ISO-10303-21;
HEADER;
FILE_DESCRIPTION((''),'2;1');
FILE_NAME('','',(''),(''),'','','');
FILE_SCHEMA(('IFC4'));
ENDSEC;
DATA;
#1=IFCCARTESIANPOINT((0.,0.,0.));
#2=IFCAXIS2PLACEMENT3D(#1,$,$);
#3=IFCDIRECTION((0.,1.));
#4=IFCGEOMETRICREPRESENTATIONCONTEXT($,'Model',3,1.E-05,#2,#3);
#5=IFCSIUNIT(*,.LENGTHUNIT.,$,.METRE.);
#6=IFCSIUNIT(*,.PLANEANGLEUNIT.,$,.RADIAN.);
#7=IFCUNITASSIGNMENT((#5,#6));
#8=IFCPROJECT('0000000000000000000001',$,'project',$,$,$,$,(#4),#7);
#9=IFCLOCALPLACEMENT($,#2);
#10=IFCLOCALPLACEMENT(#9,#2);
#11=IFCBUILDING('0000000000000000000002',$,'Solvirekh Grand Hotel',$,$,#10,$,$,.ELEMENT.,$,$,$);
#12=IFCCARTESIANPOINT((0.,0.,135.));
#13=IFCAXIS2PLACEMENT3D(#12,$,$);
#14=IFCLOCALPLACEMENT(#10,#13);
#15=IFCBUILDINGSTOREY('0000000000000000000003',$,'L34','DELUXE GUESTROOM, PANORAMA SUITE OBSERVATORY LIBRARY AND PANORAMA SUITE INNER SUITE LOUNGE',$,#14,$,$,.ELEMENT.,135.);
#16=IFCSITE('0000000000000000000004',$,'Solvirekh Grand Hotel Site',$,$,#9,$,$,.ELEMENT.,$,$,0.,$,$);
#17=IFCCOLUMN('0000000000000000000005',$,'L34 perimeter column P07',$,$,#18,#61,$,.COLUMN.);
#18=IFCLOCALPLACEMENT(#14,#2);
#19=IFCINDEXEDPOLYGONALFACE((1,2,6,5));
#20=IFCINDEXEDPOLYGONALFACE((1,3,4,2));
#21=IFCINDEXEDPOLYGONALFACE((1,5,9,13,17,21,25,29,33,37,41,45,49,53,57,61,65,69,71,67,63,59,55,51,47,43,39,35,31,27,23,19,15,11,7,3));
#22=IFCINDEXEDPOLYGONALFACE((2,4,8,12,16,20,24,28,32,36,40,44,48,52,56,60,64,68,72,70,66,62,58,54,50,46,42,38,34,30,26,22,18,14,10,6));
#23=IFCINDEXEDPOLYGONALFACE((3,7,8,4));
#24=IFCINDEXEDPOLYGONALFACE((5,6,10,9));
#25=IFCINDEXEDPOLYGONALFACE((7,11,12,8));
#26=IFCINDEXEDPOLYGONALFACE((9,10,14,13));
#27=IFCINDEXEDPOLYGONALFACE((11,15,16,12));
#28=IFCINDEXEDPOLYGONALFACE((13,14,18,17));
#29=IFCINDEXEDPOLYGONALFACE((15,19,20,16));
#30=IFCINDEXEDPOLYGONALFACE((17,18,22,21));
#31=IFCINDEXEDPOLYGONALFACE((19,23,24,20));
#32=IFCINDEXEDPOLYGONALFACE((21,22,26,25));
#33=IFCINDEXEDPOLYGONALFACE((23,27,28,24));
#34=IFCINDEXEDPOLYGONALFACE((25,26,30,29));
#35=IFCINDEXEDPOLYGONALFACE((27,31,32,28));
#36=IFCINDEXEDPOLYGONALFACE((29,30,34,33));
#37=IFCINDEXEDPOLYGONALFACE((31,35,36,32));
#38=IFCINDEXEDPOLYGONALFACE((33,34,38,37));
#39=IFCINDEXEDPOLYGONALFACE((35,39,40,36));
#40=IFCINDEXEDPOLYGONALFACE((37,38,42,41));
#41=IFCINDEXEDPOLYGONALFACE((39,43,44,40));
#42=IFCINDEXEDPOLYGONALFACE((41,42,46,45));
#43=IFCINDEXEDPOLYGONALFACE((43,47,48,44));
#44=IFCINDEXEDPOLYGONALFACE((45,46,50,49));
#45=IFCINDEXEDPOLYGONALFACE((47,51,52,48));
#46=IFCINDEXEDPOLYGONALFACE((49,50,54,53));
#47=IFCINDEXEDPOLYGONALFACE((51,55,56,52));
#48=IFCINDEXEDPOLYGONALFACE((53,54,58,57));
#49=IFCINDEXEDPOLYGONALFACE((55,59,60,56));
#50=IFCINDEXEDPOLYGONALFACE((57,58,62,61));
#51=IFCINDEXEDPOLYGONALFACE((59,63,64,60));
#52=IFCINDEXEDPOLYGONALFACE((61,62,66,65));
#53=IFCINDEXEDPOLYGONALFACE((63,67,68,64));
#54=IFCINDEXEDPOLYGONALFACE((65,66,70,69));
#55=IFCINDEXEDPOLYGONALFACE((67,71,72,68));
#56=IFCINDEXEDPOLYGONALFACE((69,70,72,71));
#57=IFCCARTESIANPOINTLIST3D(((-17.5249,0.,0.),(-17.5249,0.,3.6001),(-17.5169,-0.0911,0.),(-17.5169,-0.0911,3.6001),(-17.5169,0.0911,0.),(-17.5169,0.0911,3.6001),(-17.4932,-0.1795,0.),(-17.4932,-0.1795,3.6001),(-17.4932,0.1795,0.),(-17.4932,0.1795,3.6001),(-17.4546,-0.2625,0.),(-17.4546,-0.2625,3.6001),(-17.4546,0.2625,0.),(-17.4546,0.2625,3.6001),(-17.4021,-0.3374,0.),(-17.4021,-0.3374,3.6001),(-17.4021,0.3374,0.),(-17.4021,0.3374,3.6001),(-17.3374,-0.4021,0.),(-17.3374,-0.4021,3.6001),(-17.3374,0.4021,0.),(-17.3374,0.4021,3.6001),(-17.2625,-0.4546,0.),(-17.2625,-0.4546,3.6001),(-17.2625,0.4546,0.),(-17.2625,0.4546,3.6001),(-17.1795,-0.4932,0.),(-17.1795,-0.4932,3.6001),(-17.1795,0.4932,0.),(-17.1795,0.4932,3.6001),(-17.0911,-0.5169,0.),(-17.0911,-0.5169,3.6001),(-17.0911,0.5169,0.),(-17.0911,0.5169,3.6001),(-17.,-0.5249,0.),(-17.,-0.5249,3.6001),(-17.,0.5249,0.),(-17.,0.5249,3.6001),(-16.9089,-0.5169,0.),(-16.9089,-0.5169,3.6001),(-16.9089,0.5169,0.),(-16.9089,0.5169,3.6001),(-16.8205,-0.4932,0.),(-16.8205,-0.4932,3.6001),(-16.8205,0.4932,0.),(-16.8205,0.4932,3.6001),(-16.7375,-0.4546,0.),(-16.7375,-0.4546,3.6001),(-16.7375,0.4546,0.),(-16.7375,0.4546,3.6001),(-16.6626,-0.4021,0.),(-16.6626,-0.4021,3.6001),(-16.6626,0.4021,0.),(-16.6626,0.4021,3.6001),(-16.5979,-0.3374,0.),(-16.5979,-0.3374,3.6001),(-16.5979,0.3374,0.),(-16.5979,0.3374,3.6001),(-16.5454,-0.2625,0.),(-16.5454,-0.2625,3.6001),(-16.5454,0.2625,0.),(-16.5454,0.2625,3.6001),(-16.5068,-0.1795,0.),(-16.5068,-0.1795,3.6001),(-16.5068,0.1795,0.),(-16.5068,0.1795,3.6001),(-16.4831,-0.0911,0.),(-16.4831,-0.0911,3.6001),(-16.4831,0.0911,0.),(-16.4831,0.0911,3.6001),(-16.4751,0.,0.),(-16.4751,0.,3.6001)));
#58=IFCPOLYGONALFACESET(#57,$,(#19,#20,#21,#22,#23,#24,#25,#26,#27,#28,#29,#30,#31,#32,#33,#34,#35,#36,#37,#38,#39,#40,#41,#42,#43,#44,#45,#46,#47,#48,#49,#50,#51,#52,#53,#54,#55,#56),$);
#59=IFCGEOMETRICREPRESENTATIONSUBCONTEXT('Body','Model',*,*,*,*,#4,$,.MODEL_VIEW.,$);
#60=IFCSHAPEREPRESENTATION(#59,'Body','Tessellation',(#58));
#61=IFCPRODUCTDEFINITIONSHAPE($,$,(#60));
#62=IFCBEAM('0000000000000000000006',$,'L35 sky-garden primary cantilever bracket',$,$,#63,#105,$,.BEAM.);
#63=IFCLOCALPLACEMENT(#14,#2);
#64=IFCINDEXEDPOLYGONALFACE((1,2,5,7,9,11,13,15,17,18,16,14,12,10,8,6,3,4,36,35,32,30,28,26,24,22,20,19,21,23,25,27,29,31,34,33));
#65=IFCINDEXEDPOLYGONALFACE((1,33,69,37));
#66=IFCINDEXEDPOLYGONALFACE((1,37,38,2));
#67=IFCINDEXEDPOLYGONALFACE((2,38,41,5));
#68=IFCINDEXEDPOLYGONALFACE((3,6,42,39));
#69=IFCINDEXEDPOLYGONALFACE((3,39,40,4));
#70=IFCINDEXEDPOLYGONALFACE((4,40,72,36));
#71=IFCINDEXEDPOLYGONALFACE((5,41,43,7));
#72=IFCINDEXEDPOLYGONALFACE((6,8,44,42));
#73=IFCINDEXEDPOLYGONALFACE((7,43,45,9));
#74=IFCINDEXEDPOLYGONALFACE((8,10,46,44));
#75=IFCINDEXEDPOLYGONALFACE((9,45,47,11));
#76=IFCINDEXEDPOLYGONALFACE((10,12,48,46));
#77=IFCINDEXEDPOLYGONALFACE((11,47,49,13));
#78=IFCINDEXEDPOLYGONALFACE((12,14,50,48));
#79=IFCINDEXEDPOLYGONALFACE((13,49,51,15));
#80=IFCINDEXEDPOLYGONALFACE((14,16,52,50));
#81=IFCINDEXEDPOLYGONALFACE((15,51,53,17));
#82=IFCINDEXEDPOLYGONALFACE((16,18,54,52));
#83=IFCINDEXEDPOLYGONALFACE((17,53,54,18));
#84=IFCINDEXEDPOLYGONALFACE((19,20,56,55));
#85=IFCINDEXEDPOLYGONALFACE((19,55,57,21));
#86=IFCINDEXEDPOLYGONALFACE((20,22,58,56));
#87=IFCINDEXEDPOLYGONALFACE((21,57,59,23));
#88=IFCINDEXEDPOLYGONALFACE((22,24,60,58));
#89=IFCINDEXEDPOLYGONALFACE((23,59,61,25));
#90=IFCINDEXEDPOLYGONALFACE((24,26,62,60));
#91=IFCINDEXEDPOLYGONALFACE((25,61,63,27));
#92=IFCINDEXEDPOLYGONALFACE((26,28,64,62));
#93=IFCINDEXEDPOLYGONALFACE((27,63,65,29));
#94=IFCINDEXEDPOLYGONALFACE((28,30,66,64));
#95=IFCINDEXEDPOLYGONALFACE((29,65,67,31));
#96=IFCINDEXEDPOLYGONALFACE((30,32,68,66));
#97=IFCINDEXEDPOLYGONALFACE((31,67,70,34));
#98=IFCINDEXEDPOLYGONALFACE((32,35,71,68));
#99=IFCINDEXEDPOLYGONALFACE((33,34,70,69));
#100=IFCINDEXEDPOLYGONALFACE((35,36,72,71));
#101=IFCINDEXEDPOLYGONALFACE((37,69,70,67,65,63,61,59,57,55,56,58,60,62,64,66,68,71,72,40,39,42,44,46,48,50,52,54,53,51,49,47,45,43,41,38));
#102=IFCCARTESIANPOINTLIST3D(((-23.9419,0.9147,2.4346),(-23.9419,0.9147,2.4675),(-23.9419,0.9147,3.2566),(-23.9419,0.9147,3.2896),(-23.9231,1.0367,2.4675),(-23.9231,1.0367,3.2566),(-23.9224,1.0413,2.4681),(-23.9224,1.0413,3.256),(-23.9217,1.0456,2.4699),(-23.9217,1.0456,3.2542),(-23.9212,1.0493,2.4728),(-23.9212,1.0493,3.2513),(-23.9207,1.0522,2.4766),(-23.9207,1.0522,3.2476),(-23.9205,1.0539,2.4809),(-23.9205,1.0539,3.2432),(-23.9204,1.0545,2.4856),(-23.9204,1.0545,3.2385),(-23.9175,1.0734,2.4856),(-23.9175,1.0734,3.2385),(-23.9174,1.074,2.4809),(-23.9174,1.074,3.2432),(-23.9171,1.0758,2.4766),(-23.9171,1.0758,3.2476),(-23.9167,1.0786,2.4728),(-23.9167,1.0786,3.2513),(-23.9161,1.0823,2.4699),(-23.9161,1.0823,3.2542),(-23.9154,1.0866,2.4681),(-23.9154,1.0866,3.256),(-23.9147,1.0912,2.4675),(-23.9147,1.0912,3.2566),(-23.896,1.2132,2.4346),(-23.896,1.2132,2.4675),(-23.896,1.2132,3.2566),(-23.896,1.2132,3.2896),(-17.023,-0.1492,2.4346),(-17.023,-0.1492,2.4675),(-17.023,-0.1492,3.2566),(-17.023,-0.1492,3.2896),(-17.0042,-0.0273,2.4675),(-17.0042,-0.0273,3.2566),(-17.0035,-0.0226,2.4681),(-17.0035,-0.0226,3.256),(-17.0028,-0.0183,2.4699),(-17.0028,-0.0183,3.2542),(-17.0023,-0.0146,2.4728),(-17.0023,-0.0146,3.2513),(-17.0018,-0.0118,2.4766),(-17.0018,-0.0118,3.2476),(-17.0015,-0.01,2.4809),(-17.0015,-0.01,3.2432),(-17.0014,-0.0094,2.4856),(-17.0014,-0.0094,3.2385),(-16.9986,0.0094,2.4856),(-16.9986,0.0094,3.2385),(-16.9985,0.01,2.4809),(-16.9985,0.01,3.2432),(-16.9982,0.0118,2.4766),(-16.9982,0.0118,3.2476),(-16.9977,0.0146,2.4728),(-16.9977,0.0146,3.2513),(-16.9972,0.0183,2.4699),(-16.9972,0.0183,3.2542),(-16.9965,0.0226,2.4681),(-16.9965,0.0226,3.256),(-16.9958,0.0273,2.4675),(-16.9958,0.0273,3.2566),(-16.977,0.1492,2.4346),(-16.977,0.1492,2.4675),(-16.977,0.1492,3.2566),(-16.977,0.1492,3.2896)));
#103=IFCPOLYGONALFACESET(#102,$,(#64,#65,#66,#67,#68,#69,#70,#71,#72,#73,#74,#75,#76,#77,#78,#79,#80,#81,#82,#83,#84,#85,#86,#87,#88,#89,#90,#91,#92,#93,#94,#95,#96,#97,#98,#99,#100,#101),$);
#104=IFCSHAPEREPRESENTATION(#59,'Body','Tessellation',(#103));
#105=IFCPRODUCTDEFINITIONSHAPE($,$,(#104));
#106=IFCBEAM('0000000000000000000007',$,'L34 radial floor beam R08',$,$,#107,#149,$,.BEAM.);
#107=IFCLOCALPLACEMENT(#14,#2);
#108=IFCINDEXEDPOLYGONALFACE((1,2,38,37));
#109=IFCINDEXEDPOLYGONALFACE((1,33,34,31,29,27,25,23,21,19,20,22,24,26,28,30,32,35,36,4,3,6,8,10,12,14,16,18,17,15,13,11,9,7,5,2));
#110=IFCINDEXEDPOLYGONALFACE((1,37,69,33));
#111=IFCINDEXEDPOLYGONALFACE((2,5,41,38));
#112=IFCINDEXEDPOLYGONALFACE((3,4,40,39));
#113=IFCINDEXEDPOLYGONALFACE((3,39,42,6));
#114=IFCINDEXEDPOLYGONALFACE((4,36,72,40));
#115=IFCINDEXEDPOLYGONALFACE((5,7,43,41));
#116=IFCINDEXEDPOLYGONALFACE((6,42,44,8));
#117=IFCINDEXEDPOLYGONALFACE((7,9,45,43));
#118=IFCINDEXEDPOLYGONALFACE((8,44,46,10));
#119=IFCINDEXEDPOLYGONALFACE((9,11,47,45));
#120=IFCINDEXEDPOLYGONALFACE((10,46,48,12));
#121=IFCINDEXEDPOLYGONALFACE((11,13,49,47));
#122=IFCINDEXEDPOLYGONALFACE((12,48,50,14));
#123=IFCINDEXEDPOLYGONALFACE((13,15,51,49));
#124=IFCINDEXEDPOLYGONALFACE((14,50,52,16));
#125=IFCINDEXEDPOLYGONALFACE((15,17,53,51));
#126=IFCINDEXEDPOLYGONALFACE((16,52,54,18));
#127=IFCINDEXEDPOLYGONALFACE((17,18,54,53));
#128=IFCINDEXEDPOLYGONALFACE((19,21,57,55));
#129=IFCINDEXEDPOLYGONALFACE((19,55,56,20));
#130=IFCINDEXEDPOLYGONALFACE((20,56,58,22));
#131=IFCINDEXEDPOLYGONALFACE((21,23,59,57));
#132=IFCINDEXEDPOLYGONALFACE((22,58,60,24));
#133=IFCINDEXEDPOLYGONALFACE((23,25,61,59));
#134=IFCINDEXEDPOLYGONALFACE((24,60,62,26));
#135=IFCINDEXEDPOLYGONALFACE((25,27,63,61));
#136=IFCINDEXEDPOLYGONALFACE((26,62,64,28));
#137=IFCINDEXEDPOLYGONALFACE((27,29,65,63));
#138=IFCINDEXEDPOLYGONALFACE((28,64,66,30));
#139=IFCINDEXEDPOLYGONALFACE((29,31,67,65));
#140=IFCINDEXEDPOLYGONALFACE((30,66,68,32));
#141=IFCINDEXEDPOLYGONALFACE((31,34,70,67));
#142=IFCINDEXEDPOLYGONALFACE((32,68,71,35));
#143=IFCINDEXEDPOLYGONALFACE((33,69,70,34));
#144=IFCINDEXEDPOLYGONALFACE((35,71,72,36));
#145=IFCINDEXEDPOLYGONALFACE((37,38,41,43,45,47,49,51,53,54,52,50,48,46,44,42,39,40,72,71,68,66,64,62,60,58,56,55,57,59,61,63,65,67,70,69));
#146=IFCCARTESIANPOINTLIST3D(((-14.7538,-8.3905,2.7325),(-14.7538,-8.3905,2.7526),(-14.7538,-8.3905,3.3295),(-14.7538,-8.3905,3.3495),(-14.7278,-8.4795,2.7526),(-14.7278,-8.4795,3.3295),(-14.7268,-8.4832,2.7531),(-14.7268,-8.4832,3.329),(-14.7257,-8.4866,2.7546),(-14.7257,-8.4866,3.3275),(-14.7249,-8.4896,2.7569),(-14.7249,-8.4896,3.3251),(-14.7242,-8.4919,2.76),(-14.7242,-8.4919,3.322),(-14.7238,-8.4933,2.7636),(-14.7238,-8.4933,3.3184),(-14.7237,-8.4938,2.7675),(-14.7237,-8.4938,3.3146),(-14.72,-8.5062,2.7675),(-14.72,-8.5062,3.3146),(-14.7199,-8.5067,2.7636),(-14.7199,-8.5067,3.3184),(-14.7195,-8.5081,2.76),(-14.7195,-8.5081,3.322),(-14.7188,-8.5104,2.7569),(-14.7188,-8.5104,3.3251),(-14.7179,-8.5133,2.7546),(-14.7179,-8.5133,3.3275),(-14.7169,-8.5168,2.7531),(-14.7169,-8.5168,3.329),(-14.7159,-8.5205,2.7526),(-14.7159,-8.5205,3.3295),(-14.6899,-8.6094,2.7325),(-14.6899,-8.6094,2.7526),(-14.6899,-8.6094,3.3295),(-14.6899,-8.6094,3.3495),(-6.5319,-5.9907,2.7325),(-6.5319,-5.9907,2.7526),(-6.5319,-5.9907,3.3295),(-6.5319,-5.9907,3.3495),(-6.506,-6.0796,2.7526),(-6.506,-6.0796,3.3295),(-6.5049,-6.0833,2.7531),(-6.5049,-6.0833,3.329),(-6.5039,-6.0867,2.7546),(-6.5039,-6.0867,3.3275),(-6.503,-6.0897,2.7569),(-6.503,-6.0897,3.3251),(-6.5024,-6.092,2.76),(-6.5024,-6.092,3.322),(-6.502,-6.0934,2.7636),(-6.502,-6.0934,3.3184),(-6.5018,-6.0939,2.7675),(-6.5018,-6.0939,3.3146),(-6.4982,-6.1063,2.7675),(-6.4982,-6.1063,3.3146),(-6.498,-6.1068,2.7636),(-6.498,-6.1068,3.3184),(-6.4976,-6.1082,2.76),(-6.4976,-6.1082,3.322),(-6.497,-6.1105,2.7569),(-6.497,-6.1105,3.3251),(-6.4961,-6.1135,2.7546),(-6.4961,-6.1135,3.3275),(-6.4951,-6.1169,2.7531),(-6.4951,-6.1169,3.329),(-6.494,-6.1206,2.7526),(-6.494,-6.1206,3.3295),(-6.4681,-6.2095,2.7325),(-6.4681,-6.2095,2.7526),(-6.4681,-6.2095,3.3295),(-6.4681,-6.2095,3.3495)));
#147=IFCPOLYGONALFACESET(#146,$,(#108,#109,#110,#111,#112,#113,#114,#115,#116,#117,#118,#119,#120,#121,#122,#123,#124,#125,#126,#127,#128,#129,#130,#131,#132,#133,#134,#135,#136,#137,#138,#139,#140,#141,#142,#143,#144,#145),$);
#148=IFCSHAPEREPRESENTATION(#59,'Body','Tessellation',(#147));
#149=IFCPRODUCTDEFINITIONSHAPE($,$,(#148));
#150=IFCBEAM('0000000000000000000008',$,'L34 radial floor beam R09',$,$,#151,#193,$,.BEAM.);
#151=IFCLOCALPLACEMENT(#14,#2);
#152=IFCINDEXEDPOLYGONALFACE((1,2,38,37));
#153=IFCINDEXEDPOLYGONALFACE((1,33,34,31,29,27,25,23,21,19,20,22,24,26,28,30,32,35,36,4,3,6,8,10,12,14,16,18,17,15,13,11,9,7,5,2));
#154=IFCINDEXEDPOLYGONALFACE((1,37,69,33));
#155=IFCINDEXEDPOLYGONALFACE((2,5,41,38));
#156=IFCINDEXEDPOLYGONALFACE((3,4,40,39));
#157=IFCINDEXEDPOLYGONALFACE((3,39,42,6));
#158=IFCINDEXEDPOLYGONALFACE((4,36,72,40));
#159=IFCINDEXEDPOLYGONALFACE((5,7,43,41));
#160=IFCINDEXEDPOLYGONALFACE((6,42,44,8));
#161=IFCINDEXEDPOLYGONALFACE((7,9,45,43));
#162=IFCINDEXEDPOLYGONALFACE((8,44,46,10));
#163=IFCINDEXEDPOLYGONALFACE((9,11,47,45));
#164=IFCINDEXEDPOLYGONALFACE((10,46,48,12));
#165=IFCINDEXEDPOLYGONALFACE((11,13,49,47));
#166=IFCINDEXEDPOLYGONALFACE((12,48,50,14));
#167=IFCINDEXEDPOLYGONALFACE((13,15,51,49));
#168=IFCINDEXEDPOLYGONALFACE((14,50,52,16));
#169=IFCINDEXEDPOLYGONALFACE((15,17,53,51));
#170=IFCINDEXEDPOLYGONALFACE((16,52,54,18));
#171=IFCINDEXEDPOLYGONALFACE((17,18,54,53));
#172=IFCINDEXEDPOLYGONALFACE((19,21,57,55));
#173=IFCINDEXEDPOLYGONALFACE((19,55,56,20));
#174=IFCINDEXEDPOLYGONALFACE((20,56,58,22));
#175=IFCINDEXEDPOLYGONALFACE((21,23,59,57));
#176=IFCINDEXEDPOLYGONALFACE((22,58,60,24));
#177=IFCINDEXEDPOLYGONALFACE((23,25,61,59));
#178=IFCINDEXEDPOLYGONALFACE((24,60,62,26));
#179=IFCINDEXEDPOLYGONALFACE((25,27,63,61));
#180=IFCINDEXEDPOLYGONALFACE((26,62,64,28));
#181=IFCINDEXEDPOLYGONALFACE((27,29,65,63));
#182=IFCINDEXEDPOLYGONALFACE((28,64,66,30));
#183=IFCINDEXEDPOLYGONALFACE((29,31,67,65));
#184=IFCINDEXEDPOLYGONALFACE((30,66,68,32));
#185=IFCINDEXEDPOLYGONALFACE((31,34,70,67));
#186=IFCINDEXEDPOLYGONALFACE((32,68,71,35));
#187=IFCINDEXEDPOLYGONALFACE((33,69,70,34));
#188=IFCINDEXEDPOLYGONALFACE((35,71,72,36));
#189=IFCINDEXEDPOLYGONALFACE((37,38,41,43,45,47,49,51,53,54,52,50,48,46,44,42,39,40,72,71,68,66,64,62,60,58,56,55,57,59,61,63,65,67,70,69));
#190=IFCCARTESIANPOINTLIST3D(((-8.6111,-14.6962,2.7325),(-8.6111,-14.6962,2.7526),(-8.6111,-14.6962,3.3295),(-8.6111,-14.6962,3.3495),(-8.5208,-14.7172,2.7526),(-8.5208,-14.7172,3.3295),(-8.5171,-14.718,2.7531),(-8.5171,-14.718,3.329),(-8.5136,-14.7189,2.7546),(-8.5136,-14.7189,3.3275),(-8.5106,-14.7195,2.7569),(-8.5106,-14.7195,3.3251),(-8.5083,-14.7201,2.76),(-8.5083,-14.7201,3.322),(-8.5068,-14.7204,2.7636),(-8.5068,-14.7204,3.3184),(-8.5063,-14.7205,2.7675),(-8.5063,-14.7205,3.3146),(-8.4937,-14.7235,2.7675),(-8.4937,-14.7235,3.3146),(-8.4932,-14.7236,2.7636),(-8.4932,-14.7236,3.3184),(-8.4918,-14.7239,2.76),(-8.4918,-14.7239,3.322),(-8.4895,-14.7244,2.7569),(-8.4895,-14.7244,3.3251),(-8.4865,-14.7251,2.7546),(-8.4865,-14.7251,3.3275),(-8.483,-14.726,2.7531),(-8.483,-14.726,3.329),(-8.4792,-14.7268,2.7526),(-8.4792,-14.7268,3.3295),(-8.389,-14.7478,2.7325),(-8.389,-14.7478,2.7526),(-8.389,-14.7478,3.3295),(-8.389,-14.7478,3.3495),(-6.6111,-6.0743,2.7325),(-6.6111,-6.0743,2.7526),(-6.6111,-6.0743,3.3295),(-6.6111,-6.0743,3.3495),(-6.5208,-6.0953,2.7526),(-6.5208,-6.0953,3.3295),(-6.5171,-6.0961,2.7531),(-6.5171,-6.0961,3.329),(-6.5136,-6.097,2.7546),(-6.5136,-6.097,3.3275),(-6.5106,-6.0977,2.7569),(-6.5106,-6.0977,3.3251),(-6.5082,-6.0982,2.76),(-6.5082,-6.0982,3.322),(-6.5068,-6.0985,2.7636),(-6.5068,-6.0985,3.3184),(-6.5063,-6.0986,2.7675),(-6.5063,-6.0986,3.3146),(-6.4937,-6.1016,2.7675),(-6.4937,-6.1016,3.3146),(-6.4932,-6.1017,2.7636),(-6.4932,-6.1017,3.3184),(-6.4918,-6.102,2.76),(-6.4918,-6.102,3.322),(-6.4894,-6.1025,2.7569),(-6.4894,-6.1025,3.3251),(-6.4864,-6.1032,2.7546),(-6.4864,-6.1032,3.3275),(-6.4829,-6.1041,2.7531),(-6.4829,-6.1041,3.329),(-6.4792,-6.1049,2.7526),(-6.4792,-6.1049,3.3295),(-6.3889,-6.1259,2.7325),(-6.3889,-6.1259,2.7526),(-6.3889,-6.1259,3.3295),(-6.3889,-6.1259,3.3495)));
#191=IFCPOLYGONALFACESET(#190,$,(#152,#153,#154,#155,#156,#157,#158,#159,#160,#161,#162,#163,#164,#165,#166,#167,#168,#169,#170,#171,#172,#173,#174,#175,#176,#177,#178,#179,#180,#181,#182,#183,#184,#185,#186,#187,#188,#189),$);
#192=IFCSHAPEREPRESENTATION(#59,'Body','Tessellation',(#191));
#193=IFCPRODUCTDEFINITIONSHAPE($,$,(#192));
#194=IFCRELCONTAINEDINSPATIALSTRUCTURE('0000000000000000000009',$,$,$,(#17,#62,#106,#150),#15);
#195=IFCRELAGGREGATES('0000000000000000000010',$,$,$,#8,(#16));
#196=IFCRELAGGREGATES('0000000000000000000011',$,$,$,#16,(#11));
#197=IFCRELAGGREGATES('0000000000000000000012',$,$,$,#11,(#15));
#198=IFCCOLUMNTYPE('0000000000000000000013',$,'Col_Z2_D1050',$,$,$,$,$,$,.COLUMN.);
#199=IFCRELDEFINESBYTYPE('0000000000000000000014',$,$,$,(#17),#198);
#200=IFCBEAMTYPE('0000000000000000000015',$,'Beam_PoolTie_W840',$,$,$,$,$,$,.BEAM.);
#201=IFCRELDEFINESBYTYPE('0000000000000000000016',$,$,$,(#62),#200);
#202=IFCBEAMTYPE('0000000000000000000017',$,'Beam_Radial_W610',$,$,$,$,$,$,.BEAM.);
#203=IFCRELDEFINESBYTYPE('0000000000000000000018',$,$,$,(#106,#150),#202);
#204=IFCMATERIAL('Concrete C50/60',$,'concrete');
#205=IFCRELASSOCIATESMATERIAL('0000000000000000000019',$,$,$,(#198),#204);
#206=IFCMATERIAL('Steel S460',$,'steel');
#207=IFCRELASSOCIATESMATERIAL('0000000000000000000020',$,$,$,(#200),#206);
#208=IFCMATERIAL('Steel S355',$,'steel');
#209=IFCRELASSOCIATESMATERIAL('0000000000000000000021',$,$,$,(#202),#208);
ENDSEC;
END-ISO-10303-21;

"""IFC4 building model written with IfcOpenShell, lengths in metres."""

from ifc_helpers import new_model, si_unit, direction, frame, origin, origin_2d, place, context, subcontext, project, spatial, circle, i_section, extrude, material, material_profile, profile_set, type_object, element, save


model = new_model("IFC4")

# Units and contexts
model_context = context("Model", 3, precision=1e-05, world=origin(), true_north=direction((0.0, 1.0)))
body_context = subcontext(model_context, "Body", "Model", "MODEL_VIEW")
ifc_project = project(units=[si_unit("LENGTHUNIT", "METRE"), si_unit("PLANEANGLEUNIT", "RADIAN")], contexts=[model_context])

# Site, building, storey
site_placement = place(None, origin())
site = spatial("IfcSite", under=ifc_project, at=site_placement, Name="Solvirekh Grand Hotel Site", CompositionType="ELEMENT", RefElevation=0.0)
building_placement = place(site_placement, origin())
building = spatial("IfcBuilding", under=site, at=building_placement, Name="Solvirekh Grand Hotel", CompositionType="ELEMENT")
storey_placement = place(building_placement, frame((0.0, 0.0, 135.0)))
storey = spatial("IfcBuildingStorey", under=building, at=storey_placement, Name="L34", Description="DELUXE GUESTROOM, PANORAMA SUITE OBSERVATORY LIBRARY AND PANORAMA SUITE INNER SUITE LOUNGE", CompositionType="ELEMENT", Elevation=135.0)

# Column
ifc_material_1 = material(Name="Concrete C50/60", Category="concrete")
ifc_material_profile_1 = material_profile(ifc_material_1, circle(Radius=0.5249, at=origin_2d()), Name="RC CIRC D1050")
ifc_profile_set_1 = profile_set([ifc_material_profile_1], Name="Concrete C50/60")
column_type = type_object("IfcColumnType", Name="Col_Z2_D1050", PredefinedType="COLUMN", material=ifc_profile_set_1)
column_placement = place(storey_placement, frame((-17.0, 0.0, 0.0), z_axis=(0.0, 0.0, 1.0), x_axis=(1.0, 0.0, 0.0)))
element("IfcColumn", 1, at=column_placement, inside=storey, type_object=column_type, Name="L34 perimeter column P07", PredefinedType="COLUMN", context=body_context, shape_type="SweptSolid", body=[
    extrude(circle(Radius=0.5249, at=origin_2d()), origin(), (0.0, 0.0, 1.0), 3.6001),
])

# Beams
ifc_material_2 = material(Name="Steel S460", Category="steel")
ifc_material_profile_2 = material_profile(ifc_material_2, i_section(OverallWidth=0.302, OverallDepth=0.855, WebThickness=0.019, FlangeThickness=0.033, FilletRadius=0.0181, at=origin_2d()), Name="W840X299")
ifc_profile_set_2 = profile_set([ifc_material_profile_2], Name="Steel S460")
beam_type_1 = type_object("IfcBeamType", Name="Beam_PoolTie_W840", PredefinedType="BEAM", material=ifc_profile_set_2)
beam_1_placement = place(storey_placement, frame((-17.0, 0.0, 2.8621), z_axis=(-0.988382, 0.151989, 0.0), x_axis=(-0.151989, -0.988382, 0.0)))
element("IfcBeam", 2, at=beam_1_placement, inside=storey, type_object=beam_type_1, Name="L35 sky-garden primary cantilever bracket", PredefinedType="BEAM", context=body_context, shape_type="SweptSolid", body=[
    extrude(i_section(OverallWidth=0.302, OverallDepth=0.855, WebThickness=0.019, FlangeThickness=0.033, FilletRadius=0.0181, at=origin_2d()), origin(), (0.0, 0.0, 1.0), 7.0002),
])
ifc_material_3 = material(Name="Steel S355", Category="steel")
ifc_material_profile_3 = material_profile(ifc_material_3, i_section(OverallWidth=0.228, OverallDepth=0.6169, WebThickness=0.0129, FlangeThickness=0.02, FilletRadius=0.0149, at=origin_2d()), Name="W610X140")
ifc_profile_set_3 = profile_set([ifc_material_profile_3], Name="Steel S355")
beam_type_2 = type_object("IfcBeamType", Name="Beam_Radial_W610", PredefinedType="BEAM", material=ifc_profile_set_3)
beam_2_placement = place(storey_placement, frame((-6.5, -6.1001, 3.041), z_axis=(-0.959942, -0.280198, 0.0), x_axis=(0.280198, -0.959942, 0.0)))
element("IfcBeam", 3, at=beam_2_placement, inside=storey, type_object=beam_type_2, Name="L34 radial floor beam R08", PredefinedType="BEAM", context=body_context, shape_type="SweptSolid", body=[
    extrude(i_section(OverallWidth=0.228, OverallDepth=0.6169, WebThickness=0.0129, FlangeThickness=0.02, FilletRadius=0.0149, at=origin_2d()), origin(), (0.0, 0.0, 1.0), 8.5649),
])
beam_3_placement = place(storey_placement, frame((-6.5, -6.1001, 3.041), z_axis=(-0.225969, -0.974134, 0.0), x_axis=(0.974134, -0.225969, 0.0)))
element("IfcBeam", 4, at=beam_3_placement, inside=storey, type_object=beam_type_2, Name="L34 radial floor beam R09", PredefinedType="BEAM", context=body_context, shape_type="SweptSolid", body=[
    extrude(i_section(OverallWidth=0.228, OverallDepth=0.6169, WebThickness=0.0129, FlangeThickness=0.02, FilletRadius=0.0149, at=origin_2d()), origin(), (0.0, 0.0, 1.0), 8.8508),
])

save(model, "model.ifc")
